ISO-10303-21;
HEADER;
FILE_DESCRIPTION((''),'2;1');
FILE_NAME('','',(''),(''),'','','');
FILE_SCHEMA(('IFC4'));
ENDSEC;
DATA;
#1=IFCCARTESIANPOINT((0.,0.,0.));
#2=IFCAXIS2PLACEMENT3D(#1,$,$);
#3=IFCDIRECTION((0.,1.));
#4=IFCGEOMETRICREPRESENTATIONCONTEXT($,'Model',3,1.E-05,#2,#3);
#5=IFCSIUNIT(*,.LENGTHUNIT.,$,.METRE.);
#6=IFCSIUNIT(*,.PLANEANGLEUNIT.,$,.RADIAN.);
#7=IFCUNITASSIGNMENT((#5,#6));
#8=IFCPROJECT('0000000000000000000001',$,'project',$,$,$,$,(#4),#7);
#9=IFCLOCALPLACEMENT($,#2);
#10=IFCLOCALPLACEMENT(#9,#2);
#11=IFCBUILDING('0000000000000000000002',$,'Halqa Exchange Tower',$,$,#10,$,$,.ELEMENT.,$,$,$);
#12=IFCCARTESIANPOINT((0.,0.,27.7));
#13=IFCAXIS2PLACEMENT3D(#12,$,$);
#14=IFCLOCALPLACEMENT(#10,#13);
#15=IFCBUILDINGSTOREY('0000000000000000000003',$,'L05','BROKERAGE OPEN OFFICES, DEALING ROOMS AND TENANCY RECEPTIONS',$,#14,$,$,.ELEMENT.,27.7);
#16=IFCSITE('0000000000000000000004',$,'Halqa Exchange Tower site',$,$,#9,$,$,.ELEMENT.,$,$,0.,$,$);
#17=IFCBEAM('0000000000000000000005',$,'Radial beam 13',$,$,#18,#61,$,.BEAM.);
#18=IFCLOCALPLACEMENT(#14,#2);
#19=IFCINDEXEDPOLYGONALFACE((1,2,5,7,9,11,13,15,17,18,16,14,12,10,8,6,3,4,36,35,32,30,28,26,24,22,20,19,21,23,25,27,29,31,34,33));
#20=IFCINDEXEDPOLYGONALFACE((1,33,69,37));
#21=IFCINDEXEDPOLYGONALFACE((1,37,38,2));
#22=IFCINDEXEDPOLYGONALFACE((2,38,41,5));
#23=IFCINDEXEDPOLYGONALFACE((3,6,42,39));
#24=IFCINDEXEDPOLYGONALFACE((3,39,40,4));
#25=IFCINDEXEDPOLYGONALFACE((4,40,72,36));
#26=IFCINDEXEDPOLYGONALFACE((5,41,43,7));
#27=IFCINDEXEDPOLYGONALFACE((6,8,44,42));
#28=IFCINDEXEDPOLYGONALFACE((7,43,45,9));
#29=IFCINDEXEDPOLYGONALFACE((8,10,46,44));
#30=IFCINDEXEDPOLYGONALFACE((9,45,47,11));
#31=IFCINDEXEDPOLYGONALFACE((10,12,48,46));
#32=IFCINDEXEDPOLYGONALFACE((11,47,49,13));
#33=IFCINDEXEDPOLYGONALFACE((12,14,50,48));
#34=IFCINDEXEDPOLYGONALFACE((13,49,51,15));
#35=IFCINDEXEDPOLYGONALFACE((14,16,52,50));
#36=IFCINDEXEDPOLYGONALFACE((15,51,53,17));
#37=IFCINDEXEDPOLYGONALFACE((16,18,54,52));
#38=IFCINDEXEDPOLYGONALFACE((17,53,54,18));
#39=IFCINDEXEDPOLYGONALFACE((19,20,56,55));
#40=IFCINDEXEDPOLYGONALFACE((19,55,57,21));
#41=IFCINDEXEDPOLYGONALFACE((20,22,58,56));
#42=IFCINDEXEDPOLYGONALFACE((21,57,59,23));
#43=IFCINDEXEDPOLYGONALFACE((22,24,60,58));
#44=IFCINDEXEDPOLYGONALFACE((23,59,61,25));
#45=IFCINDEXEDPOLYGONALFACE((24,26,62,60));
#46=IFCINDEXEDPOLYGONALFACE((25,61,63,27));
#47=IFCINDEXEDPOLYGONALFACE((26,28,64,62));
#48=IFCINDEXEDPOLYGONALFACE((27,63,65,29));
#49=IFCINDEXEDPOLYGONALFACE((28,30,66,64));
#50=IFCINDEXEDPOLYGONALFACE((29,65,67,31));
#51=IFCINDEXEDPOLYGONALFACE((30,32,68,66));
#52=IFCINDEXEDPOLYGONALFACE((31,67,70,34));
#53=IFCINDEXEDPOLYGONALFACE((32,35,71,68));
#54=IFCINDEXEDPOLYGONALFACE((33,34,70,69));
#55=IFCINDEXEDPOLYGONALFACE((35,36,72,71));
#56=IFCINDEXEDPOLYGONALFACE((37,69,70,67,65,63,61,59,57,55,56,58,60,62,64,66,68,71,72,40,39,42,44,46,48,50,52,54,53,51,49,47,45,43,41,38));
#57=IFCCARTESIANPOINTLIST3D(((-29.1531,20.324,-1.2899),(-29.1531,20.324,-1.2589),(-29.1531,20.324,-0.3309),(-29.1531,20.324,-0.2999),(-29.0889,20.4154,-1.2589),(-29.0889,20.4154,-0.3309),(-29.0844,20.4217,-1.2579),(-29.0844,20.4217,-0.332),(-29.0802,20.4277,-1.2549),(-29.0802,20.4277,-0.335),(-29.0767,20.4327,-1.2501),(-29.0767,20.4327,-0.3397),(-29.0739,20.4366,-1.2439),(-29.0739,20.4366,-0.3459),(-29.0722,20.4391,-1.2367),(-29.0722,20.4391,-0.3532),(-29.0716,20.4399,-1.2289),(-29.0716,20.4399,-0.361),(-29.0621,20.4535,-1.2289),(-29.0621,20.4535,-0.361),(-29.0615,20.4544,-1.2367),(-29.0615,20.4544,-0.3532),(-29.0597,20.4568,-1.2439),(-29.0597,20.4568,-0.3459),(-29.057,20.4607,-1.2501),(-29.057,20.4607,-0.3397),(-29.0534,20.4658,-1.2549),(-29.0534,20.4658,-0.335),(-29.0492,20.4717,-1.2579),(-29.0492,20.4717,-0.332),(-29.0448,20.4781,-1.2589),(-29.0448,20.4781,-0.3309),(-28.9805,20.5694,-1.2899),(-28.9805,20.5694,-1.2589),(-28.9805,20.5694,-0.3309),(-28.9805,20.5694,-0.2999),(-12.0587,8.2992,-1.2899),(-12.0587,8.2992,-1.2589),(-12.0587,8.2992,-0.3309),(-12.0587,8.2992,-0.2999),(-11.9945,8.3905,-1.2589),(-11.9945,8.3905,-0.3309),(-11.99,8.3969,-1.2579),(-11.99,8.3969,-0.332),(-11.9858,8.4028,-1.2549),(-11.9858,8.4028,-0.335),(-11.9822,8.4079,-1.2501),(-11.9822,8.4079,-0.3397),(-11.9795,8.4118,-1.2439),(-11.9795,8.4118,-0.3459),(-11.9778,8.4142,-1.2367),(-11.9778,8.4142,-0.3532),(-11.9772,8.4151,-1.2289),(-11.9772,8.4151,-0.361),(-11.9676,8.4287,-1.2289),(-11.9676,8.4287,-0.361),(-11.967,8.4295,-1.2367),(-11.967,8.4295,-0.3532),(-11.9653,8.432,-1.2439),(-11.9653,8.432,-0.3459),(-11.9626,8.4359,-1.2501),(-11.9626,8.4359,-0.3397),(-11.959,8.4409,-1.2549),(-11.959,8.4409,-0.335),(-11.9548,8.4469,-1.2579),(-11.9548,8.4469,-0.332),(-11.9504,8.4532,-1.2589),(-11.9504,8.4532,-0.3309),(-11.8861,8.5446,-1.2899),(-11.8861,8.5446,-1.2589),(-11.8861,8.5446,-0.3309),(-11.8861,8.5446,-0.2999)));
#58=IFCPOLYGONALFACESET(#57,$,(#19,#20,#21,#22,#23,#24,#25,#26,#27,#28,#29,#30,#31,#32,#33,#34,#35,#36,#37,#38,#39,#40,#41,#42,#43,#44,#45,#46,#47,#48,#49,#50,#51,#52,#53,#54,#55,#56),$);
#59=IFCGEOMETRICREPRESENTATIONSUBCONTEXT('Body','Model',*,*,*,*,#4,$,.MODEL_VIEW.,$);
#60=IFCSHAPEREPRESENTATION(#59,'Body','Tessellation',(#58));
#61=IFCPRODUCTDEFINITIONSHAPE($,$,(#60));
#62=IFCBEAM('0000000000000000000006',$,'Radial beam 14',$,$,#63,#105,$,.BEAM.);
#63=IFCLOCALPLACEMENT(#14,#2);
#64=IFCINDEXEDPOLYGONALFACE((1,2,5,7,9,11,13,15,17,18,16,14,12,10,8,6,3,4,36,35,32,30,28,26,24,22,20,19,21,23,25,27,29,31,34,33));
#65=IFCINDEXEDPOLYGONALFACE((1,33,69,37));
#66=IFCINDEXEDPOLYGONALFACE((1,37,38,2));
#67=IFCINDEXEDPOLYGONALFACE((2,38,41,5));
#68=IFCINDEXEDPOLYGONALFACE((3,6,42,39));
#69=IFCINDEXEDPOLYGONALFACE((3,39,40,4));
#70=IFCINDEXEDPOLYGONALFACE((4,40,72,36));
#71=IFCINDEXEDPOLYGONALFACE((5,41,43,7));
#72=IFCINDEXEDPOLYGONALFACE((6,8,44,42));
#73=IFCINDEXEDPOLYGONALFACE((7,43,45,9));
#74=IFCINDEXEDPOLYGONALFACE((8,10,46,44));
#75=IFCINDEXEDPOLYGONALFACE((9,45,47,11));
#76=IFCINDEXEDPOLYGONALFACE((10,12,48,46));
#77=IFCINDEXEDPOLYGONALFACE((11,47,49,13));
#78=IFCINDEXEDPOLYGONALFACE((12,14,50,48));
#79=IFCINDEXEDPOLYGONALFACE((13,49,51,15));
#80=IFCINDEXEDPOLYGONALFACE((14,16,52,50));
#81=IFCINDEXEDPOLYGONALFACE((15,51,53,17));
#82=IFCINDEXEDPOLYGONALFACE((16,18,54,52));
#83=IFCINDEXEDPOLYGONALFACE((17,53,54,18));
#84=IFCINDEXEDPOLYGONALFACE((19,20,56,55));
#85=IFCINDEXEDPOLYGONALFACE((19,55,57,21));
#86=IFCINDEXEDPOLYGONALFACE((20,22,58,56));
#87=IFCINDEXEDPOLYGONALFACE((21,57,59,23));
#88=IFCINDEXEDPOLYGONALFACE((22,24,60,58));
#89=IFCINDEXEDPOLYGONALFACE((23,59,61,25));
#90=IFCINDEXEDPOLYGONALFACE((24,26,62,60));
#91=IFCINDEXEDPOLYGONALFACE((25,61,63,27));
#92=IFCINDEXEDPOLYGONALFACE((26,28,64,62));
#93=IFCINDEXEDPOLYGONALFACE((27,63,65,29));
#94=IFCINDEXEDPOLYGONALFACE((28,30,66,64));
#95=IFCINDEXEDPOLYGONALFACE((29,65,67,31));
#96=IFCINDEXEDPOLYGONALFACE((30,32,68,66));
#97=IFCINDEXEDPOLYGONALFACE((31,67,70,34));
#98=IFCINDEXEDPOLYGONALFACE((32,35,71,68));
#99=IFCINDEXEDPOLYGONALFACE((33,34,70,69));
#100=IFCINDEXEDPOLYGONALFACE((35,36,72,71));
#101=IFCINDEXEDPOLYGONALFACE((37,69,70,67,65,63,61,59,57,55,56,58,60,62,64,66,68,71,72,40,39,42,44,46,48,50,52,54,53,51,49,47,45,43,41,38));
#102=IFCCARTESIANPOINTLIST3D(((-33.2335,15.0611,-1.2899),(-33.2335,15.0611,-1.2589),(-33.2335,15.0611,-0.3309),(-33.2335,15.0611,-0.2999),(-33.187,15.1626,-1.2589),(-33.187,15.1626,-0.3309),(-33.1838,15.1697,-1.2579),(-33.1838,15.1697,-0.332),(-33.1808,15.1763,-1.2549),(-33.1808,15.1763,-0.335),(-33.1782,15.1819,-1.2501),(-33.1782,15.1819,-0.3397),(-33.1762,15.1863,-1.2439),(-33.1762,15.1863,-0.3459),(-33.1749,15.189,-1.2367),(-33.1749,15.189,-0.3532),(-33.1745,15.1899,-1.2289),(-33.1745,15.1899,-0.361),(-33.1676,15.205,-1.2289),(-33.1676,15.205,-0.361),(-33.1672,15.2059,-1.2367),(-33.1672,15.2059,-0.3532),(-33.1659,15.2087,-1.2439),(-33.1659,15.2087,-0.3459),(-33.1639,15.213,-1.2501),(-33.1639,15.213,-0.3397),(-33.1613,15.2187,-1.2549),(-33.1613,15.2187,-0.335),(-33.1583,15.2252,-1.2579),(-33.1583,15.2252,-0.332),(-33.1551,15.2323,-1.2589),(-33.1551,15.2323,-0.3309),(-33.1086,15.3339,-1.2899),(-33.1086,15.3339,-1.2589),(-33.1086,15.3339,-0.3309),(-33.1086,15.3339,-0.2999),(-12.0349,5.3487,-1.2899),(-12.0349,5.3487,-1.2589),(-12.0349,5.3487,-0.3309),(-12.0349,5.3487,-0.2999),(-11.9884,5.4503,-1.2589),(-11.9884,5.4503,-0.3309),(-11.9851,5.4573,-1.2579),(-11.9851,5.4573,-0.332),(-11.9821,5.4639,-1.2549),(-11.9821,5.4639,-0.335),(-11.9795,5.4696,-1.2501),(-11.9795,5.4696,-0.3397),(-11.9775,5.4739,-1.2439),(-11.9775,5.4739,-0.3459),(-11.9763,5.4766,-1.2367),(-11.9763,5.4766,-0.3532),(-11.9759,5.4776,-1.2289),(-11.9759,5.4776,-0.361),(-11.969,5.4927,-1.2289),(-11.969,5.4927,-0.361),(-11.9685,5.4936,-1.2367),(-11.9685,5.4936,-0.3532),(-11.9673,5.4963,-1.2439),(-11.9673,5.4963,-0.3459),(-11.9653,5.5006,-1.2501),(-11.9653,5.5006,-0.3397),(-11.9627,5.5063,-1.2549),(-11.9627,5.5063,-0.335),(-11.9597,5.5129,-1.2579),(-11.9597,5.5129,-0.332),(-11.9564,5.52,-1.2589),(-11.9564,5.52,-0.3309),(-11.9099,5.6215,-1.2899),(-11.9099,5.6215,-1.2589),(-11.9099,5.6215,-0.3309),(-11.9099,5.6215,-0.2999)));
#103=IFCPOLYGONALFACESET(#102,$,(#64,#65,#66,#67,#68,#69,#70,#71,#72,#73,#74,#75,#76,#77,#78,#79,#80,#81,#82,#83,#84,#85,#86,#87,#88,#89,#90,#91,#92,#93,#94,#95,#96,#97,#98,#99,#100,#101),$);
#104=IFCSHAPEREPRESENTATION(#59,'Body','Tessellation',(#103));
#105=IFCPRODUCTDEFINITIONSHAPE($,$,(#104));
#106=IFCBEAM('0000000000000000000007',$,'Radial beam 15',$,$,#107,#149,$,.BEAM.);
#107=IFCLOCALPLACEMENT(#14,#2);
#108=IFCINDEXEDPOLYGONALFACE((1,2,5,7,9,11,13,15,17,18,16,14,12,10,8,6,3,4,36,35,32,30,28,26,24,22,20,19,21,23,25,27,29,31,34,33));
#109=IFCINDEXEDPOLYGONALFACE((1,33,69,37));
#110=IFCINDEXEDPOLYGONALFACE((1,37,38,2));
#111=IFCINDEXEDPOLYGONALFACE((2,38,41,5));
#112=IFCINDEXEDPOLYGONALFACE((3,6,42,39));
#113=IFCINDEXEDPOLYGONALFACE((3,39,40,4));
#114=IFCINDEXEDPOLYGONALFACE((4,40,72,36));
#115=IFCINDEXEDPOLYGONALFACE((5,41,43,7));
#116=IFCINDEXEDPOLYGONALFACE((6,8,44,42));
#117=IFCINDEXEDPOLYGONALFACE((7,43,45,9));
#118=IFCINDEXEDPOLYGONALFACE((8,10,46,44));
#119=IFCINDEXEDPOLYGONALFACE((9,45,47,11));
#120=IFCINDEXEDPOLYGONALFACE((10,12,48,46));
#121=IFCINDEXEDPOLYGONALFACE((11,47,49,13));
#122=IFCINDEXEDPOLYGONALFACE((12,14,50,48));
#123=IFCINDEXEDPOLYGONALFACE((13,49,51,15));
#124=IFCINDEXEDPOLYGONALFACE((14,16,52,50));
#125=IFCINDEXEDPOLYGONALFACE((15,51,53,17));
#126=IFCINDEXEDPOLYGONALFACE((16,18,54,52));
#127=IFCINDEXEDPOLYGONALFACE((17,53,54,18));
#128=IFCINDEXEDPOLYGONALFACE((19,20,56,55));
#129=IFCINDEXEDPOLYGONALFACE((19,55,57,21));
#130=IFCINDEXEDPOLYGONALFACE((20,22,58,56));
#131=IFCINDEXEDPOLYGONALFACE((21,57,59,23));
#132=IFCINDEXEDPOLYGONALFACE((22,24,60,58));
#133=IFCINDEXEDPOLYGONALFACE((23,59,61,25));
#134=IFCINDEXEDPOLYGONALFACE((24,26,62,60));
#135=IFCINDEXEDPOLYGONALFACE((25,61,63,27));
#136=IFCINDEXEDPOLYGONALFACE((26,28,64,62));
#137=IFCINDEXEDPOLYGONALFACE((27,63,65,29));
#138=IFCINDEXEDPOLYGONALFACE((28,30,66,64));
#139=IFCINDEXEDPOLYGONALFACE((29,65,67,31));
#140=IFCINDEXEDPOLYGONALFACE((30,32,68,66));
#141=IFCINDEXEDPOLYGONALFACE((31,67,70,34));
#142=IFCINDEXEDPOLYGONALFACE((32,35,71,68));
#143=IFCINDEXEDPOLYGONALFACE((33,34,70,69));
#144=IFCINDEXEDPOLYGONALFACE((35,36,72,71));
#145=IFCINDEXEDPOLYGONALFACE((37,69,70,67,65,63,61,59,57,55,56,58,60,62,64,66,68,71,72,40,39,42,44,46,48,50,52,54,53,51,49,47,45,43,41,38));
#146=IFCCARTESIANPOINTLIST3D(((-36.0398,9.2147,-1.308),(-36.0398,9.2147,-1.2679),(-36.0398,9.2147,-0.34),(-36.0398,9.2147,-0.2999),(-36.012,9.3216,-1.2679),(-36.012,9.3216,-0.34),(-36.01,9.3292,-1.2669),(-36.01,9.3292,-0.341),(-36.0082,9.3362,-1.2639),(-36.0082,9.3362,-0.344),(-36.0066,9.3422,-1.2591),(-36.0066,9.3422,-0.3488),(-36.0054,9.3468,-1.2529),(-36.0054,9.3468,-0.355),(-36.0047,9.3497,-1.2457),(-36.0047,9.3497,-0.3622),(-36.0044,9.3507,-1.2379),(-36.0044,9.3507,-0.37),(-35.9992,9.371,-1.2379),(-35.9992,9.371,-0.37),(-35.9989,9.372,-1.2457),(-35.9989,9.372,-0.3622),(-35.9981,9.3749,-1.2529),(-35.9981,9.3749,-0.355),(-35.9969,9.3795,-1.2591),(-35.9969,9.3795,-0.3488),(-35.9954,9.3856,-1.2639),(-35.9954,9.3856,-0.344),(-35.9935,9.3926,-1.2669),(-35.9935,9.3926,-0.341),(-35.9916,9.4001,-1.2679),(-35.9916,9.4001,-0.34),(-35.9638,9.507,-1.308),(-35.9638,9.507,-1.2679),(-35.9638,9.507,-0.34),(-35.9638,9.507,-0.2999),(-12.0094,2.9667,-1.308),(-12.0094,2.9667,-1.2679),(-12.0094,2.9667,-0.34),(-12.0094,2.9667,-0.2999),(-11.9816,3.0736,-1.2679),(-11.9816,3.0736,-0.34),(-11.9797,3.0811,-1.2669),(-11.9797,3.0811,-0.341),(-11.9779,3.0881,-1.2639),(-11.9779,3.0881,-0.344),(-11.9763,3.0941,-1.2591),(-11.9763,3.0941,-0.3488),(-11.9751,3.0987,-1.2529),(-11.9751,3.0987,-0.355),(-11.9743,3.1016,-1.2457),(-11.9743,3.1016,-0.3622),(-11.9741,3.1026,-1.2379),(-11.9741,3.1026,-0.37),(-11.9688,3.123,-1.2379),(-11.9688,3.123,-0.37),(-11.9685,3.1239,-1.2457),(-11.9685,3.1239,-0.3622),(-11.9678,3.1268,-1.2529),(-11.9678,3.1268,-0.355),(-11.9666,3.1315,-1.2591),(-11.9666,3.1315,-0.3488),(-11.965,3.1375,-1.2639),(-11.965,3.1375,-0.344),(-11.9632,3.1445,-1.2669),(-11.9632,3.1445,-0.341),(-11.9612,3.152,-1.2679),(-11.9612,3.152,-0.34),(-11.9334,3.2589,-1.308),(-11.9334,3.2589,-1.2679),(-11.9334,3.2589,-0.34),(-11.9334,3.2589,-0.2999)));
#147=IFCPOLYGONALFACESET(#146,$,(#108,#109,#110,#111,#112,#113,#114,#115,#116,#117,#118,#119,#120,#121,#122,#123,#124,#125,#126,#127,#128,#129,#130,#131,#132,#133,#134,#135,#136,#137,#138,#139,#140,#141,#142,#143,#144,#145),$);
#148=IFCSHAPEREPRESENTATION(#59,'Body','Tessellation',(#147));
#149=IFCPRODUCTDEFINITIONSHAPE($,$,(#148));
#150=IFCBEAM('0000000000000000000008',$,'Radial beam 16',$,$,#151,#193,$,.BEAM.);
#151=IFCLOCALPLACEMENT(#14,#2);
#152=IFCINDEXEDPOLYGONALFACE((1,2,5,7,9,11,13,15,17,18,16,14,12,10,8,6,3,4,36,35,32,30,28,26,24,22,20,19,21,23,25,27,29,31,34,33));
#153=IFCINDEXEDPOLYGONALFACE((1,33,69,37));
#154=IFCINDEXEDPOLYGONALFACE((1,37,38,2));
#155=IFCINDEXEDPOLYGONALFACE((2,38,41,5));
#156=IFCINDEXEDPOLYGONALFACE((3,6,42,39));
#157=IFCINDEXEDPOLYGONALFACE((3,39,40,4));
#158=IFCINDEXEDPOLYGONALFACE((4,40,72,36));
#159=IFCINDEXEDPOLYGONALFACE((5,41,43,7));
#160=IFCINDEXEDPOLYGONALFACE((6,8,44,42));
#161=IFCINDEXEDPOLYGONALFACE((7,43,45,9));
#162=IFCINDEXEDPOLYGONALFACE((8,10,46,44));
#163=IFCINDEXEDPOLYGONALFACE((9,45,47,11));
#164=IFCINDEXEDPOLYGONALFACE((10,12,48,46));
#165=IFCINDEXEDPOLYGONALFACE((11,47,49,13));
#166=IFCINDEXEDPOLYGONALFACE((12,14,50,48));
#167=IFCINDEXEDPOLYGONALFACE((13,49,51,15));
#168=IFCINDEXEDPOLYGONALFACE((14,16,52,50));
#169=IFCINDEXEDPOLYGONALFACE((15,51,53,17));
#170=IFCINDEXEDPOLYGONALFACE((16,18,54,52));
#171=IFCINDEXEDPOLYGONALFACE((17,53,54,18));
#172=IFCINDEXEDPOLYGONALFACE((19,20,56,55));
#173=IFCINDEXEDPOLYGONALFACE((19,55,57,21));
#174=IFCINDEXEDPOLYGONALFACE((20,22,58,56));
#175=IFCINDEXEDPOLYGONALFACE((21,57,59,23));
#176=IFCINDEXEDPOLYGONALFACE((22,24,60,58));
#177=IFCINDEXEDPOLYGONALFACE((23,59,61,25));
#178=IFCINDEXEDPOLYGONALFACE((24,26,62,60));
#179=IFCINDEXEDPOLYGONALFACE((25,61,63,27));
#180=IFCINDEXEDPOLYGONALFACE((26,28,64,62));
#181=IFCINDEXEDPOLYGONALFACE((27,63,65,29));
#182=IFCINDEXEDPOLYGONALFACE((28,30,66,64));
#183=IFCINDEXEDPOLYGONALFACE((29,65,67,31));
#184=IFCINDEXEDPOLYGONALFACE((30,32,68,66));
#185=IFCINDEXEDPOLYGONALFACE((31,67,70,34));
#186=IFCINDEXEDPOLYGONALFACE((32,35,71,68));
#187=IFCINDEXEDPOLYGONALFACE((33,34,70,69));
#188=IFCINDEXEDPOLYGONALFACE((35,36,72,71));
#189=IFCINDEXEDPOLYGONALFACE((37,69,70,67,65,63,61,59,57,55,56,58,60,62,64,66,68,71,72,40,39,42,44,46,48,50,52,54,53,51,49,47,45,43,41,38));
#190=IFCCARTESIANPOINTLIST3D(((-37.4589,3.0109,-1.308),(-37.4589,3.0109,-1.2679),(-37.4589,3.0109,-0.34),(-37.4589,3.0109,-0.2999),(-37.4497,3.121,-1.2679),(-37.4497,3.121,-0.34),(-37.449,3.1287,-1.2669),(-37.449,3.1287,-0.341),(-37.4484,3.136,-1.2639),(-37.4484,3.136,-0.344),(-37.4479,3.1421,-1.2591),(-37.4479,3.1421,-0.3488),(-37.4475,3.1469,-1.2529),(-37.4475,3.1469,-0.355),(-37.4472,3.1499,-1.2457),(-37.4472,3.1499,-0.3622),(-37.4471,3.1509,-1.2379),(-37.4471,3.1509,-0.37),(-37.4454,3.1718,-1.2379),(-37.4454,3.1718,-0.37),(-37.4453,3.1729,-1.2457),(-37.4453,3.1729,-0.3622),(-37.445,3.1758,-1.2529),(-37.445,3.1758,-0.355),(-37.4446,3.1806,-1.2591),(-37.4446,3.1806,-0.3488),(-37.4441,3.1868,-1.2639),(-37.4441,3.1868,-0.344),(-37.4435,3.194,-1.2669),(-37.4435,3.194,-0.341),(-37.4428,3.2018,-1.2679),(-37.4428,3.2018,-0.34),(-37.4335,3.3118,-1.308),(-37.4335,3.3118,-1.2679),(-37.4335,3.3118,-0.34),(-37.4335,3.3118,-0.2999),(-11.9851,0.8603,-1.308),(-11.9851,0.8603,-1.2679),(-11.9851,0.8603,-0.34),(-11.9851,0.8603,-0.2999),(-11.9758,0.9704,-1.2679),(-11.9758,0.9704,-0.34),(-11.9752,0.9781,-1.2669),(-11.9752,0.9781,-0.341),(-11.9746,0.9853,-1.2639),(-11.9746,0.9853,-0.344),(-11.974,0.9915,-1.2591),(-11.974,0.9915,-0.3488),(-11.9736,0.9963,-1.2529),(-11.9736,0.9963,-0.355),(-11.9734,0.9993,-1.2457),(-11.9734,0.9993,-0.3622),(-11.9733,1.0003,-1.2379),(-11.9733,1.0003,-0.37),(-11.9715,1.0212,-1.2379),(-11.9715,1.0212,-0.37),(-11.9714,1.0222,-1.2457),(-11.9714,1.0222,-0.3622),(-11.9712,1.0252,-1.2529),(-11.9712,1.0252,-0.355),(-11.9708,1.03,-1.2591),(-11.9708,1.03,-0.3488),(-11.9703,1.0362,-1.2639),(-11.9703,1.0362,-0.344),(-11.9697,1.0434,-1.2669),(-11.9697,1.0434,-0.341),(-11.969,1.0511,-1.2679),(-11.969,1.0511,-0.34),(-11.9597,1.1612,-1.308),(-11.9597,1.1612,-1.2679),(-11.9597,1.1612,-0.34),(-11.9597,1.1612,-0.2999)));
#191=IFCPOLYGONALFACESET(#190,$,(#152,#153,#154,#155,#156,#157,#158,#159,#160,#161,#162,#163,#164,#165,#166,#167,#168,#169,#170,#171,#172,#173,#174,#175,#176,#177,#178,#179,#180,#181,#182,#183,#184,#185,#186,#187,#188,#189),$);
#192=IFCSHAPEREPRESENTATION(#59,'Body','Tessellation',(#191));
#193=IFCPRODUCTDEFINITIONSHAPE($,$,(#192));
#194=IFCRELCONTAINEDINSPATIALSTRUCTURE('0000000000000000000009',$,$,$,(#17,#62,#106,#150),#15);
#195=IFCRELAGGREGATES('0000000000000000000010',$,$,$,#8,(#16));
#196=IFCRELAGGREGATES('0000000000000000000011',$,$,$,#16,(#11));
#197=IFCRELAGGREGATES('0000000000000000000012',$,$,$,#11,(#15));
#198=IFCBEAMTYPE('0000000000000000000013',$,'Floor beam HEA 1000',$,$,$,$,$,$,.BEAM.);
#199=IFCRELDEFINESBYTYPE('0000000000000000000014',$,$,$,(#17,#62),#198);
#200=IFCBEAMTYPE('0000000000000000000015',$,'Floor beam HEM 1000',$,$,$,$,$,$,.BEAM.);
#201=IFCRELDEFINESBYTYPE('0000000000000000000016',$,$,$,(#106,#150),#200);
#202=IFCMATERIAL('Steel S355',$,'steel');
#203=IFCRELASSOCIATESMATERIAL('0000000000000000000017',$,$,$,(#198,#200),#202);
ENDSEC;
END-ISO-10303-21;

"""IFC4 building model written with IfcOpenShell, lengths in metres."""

from ifc_helpers import new_model, si_unit, direction, frame, origin, origin_2d, place, context, subcontext, project, spatial, i_section, extrude, material, material_profile, profile_set, type_object, element, save


model = new_model("IFC4")

# Units and contexts
model_context = context("Model", 3, precision=1e-05, world=origin(), true_north=direction((0.0, 1.0)))
body_context = subcontext(model_context, "Body", "Model", "MODEL_VIEW")
ifc_project = project(units=[si_unit("LENGTHUNIT", "METRE"), si_unit("PLANEANGLEUNIT", "RADIAN")], contexts=[model_context])

# Site, building, storey
site_placement = place(None, origin())
site = spatial("IfcSite", under=ifc_project, at=site_placement, Name="Halqa Exchange Tower site", CompositionType="ELEMENT", RefElevation=0.0)
building_placement = place(site_placement, origin())
building = spatial("IfcBuilding", under=site, at=building_placement, Name="Halqa Exchange Tower", CompositionType="ELEMENT")
storey_placement = place(building_placement, frame((0.0, 0.0, 27.7)))
storey = spatial("IfcBuildingStorey", under=building, at=storey_placement, Name="L05", Description="BROKERAGE OPEN OFFICES, DEALING ROOMS AND TENANCY RECEPTIONS", CompositionType="ELEMENT", Elevation=27.7)

# Beams
ifc_material_1 = material(Name="Steel S355", Category="steel")
ifc_material_profile_1 = material_profile(ifc_material_1, i_section(OverallWidth=0.3, OverallDepth=0.99, WebThickness=0.0166, FlangeThickness=0.031, FilletRadius=0.03, at=origin_2d()), Name="HEA 1000")
ifc_profile_set_1 = profile_set([ifc_material_profile_1], Name="Steel S355")
beam_type_1 = type_object("IfcBeamType", Name="Floor beam HEA 1000", PredefinedType="BEAM", material=ifc_profile_set_1)
beam_1_placement = place(storey_placement, frame((-11.9724, 8.4219, -0.7949), z_axis=(-0.817909, 0.575348, 0.0), x_axis=(-0.575348, -0.817909, 0.0)))
element("IfcBeam", 1, at=beam_1_placement, inside=storey, type_object=beam_type_1, Name="Radial beam 13", PredefinedType="BEAM", context=body_context, shape_type="SweptSolid", body=[
    extrude(i_section(OverallWidth=0.3, OverallDepth=0.99, WebThickness=0.0166, FlangeThickness=0.031, FilletRadius=0.03, at=origin_2d()), origin(), (0.0, 0.0, 1.0), 20.9001),
])
beam_2_placement = place(storey_placement, frame((-11.9724, 5.4851, -0.7949), z_axis=(-0.909125, 0.416524, 0.0), x_axis=(-0.416524, -0.909125, 0.0)))
element("IfcBeam", 2, at=beam_2_placement, inside=storey, type_object=beam_type_1, Name="Radial beam 14", PredefinedType="BEAM", context=body_context, shape_type="SweptSolid", body=[
    extrude(i_section(OverallWidth=0.3, OverallDepth=0.99, WebThickness=0.0166, FlangeThickness=0.031, FilletRadius=0.03, at=origin_2d()), origin(), (0.0, 0.0, 1.0), 23.3176),
])
ifc_material_profile_2 = material_profile(ifc_material_1, i_section(OverallWidth=0.302, OverallDepth=1.0081, WebThickness=0.021, FlangeThickness=0.04, FilletRadius=0.03, at=origin_2d()), Name="HEM 1000")
ifc_profile_set_2 = profile_set([ifc_material_profile_2], Name="Steel S355")
beam_type_2 = type_object("IfcBeamType", Name="Floor beam HEM 1000", PredefinedType="BEAM", material=ifc_profile_set_2)
beam_3_placement = place(storey_placement, frame((-11.9714, 3.1128, -0.804), z_axis=(-0.967821, 0.25164, 0.0), x_axis=(-0.25164, -0.967821, 0.0)))
element("IfcBeam", 3, at=beam_3_placement, inside=storey, type_object=beam_type_2, Name="Radial beam 15", PredefinedType="BEAM", context=body_context, shape_type="SweptSolid", body=[
    extrude(i_section(OverallWidth=0.302, OverallDepth=1.0081, WebThickness=0.021, FlangeThickness=0.04, FilletRadius=0.03, at=origin_2d()), origin(), (0.0, 0.0, 1.0), 24.8293),
])
for number, where, z_axis, x_axis, name in (
    (4, (-11.9724, 1.0107, -0.804), (-0.996455, 0.084126, 0.0), (-0.084126, -0.996455, 0.0), "Radial beam 16"),
):
    element("IfcBeam", number, at=place(storey_placement, frame(where, z_axis=z_axis, x_axis=x_axis)), inside=storey, type_object=beam_type_2, Name=name, PredefinedType="BEAM", context=body_context, shape_type="SweptSolid", body=[
        extrude(i_section(OverallWidth=0.302, OverallDepth=1.0081, WebThickness=0.021, FlangeThickness=0.04, FilletRadius=0.03, at=origin_2d()), origin(), (0.0, 0.0, 1.0), 25.5645),
    ])

save(model, "model.ifc")
